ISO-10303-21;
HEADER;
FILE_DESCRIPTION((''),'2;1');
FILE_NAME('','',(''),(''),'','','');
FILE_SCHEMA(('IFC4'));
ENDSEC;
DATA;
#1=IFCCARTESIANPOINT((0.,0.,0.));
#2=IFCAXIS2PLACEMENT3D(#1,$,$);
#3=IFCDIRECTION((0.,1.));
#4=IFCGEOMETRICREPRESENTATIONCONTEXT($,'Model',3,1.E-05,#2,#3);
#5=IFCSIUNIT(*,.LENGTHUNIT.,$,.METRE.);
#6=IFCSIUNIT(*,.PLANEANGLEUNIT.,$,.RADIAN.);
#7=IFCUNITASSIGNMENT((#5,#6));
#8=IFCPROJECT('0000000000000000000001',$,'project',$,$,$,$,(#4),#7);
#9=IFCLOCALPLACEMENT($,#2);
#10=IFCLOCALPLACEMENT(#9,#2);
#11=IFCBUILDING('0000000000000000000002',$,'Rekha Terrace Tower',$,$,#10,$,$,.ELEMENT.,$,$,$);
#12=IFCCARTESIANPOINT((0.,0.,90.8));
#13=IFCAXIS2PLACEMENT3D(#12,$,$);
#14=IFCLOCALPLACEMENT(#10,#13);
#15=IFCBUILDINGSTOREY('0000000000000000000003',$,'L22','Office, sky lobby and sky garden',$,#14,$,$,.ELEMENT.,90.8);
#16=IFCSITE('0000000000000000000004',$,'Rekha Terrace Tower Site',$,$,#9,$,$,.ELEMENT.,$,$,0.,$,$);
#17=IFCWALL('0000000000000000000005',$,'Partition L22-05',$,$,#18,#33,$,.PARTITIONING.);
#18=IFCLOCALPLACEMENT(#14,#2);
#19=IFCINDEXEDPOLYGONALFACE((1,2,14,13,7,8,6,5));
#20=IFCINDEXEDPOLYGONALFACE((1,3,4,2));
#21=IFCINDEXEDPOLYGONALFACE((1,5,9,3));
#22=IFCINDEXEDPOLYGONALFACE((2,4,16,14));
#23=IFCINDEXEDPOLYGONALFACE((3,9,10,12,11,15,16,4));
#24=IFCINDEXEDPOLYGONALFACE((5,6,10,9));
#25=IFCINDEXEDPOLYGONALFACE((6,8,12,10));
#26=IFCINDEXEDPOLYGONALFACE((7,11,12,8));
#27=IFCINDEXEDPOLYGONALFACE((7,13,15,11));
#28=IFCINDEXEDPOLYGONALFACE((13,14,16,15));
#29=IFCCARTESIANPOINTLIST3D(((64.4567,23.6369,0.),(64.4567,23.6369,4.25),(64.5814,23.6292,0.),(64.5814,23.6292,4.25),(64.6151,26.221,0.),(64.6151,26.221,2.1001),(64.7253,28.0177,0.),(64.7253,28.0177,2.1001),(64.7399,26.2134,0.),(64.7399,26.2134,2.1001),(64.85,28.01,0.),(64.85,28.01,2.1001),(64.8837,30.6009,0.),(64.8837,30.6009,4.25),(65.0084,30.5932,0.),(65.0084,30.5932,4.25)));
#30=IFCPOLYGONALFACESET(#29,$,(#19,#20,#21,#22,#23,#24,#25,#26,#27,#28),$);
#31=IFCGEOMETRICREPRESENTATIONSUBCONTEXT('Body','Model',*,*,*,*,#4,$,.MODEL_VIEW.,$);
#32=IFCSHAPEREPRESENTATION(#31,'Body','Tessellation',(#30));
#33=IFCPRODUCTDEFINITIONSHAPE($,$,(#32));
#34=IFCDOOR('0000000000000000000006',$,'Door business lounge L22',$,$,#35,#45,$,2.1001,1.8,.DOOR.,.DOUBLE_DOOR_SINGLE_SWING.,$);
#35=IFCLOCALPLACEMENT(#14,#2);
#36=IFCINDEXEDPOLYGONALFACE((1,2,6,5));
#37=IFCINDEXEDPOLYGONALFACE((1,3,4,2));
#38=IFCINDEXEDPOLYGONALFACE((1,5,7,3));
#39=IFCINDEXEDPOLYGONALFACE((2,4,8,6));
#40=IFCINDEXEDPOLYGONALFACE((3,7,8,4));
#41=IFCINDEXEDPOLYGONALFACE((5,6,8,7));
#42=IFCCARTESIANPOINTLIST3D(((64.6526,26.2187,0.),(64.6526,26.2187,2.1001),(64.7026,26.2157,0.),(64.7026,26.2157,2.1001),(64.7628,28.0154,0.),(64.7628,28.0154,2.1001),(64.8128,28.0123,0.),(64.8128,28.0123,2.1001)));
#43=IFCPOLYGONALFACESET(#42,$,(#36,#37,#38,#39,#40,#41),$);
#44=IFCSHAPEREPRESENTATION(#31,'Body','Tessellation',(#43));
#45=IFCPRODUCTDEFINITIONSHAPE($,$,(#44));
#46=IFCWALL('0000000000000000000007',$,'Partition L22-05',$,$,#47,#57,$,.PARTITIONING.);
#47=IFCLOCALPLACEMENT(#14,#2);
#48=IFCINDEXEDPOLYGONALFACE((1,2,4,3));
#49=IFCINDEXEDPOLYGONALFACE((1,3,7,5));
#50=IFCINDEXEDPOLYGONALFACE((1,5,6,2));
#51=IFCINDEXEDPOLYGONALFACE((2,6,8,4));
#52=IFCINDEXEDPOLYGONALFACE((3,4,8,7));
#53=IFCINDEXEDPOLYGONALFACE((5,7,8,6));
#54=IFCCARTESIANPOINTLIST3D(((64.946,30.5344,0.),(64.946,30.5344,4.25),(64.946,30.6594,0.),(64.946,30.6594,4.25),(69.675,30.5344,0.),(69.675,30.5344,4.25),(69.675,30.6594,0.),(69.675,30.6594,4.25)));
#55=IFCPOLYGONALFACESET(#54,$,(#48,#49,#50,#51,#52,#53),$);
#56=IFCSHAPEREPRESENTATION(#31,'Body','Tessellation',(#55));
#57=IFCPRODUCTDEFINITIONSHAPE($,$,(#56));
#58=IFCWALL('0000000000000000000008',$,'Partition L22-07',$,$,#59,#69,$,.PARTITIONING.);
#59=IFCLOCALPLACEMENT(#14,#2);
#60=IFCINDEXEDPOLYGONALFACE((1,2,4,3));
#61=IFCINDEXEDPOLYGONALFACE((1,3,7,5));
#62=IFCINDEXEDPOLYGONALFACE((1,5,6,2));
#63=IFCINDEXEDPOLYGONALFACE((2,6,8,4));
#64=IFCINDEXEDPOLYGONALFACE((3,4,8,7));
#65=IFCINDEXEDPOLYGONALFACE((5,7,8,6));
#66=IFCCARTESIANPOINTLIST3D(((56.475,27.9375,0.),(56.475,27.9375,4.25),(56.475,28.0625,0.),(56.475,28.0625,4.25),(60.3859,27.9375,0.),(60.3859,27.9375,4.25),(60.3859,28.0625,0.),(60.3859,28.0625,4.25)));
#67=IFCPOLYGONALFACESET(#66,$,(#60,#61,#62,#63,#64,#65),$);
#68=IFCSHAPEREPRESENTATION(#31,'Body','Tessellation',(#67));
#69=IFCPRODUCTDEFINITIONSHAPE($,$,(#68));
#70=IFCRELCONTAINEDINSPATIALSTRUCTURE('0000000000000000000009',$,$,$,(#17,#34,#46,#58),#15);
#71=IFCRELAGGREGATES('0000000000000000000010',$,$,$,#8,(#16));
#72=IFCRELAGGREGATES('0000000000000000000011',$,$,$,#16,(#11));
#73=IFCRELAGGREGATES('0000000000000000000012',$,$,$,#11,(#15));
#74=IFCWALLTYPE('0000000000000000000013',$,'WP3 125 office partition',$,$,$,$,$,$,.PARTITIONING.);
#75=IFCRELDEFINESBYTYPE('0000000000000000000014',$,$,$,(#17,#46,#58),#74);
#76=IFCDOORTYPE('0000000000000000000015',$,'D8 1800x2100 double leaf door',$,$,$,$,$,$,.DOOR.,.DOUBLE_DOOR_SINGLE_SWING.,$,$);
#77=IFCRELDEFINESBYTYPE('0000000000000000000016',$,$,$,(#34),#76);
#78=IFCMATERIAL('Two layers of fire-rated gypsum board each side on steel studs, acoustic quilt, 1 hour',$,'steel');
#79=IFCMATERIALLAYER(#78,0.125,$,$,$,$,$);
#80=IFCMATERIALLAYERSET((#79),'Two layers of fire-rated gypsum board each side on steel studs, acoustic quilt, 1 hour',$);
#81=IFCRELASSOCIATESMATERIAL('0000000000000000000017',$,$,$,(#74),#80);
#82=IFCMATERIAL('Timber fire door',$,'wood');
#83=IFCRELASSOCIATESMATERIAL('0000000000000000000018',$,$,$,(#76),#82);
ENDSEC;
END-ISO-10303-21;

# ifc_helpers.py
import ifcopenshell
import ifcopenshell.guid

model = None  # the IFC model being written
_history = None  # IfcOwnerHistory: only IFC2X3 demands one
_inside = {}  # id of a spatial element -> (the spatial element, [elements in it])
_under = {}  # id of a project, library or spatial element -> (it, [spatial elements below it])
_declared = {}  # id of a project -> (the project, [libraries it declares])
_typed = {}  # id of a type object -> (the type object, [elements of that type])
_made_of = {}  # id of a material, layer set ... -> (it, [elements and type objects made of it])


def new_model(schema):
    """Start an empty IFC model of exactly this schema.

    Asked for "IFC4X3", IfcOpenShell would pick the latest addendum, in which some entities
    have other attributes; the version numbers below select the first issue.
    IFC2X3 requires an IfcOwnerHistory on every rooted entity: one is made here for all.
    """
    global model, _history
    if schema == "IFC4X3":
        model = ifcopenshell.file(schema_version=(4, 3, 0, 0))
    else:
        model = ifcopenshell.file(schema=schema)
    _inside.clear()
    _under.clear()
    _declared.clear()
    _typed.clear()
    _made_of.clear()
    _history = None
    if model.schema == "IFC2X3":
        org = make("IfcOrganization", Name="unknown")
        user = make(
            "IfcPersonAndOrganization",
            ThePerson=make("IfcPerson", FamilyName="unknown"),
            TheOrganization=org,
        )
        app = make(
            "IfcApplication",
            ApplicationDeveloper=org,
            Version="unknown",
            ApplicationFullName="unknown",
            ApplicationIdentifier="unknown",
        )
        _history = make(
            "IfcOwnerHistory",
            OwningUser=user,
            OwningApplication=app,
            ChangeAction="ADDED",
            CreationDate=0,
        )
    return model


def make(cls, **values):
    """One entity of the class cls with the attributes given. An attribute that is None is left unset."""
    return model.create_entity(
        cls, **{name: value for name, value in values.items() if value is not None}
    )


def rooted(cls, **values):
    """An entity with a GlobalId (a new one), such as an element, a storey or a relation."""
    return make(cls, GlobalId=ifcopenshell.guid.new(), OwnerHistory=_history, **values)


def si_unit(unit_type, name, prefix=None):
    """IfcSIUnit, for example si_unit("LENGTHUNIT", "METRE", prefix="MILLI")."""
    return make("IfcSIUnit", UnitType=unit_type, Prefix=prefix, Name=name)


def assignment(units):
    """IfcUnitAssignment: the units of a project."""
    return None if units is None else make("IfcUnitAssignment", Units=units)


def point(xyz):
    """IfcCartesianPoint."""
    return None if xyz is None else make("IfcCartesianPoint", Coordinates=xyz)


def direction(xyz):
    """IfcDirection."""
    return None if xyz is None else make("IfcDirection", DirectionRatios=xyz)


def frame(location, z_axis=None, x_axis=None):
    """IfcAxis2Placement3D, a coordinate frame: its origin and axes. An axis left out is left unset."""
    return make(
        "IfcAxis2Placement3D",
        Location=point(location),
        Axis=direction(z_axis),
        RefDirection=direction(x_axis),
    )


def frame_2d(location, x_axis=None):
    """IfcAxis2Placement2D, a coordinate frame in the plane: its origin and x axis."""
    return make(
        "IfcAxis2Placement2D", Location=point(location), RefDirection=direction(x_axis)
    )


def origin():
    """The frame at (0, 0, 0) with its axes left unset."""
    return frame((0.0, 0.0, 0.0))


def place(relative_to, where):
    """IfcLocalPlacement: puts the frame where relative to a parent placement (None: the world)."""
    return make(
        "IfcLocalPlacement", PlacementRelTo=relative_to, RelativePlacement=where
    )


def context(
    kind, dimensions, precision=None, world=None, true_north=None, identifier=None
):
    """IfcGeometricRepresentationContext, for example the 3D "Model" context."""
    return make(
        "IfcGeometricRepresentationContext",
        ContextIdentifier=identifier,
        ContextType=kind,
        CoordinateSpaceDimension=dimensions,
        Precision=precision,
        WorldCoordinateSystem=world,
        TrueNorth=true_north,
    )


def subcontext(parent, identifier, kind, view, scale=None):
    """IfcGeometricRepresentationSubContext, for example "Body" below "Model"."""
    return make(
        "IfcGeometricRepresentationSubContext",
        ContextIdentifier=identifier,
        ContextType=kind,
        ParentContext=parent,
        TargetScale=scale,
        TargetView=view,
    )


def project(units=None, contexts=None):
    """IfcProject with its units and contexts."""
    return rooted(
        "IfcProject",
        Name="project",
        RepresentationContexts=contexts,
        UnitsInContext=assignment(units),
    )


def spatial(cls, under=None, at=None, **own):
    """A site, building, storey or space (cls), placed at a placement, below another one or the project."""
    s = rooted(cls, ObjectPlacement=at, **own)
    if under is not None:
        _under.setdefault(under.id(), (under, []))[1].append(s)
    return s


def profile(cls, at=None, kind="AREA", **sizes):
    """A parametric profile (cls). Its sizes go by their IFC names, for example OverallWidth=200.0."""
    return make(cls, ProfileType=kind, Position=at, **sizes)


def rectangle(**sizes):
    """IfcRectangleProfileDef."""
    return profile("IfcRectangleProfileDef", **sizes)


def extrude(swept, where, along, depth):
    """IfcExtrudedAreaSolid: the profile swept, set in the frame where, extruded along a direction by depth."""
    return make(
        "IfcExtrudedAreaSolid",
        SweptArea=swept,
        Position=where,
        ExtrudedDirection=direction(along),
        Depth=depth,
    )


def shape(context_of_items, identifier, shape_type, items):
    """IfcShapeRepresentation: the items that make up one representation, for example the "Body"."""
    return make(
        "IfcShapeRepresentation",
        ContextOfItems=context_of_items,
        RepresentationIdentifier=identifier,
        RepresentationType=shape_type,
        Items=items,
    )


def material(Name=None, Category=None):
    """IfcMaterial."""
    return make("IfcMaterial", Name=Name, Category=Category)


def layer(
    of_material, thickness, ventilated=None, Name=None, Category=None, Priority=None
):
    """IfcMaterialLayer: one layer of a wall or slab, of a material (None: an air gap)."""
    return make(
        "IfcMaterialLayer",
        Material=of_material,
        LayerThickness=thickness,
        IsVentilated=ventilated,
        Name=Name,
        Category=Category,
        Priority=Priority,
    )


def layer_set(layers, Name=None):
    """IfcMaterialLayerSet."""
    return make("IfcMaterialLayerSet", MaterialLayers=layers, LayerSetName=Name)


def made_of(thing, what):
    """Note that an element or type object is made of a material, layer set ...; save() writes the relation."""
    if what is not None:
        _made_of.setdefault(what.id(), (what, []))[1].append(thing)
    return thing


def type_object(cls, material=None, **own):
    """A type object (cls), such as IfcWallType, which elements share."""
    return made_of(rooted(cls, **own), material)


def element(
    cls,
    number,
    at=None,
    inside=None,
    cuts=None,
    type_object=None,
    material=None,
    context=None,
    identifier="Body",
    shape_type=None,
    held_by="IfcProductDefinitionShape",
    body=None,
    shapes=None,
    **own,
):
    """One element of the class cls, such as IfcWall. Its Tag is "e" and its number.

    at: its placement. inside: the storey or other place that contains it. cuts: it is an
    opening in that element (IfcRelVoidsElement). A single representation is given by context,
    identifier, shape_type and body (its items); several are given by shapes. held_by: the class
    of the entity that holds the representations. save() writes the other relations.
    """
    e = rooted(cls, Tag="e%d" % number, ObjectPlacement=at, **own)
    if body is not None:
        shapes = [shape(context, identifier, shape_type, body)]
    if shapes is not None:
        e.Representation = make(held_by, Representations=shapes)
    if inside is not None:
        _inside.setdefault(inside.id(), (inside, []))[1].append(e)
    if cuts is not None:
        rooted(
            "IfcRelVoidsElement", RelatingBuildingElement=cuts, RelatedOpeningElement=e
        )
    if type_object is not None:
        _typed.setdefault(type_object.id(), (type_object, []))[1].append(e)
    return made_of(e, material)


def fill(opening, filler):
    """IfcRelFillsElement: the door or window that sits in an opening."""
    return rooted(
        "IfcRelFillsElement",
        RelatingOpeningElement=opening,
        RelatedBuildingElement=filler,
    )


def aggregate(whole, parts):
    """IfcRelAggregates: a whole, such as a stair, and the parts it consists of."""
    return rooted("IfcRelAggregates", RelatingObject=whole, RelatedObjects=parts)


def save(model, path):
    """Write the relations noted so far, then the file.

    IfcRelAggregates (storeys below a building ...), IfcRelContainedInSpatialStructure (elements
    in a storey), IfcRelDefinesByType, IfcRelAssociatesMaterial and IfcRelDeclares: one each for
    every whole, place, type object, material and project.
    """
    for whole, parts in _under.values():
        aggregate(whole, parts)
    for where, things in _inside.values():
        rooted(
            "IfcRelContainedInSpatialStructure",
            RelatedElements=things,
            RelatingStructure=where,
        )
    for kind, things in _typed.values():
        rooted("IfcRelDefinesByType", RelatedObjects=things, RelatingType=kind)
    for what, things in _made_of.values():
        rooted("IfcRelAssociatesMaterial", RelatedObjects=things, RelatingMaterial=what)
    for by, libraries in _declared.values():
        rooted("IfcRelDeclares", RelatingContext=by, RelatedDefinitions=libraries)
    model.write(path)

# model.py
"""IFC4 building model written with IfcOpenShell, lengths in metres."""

from ifc_helpers import new_model, si_unit, direction, frame, frame_2d, origin, place, context, subcontext, project, spatial, rectangle, extrude, material, layer, layer_set, type_object, element, fill, save


model = new_model("IFC4")

# Units and contexts
model_context = context("Model", 3, precision=1e-05, world=origin(), true_north=direction((0.0, 1.0)))
body_context = subcontext(model_context, "Body", "Model", "MODEL_VIEW")
ifc_project = project(units=[si_unit("LENGTHUNIT", "METRE"), si_unit("PLANEANGLEUNIT", "RADIAN")], contexts=[model_context])

# Site, building, storey
site_placement = place(None, origin())
site = spatial("IfcSite", under=ifc_project, at=site_placement, Name="Rekha Terrace Tower Site", CompositionType="ELEMENT", RefElevation=0.0)
building_placement = place(site_placement, origin())
building = spatial("IfcBuilding", under=site, at=building_placement, Name="Rekha Terrace Tower", CompositionType="ELEMENT")
storey_placement = place(building_placement, frame((0.0, 0.0, 90.8)))
storey = spatial("IfcBuildingStorey", under=building, at=storey_placement, Name="L22", Description="Office, sky lobby and sky garden", CompositionType="ELEMENT", Elevation=90.8)

# Wall, opening, door
ifc_material_1 = material(Name="Two layers of fire-rated gypsum board each side on steel studs, acoustic quilt, 1 hour", Category="steel")
ifc_layer_1 = layer(ifc_material_1, 0.125)
ifc_layer_set_1 = layer_set([ifc_layer_1], Name="Two layers of fire-rated gypsum board each side on steel studs, acoustic quilt, 1 hour")
wall_type_1 = type_object("IfcWallType", Name="WP3 125 office partition", PredefinedType="PARTITIONING", material=ifc_layer_set_1)
wall_1_placement = place(storey_placement, frame((64.519, 23.6331, 0.0), z_axis=(0.0, 0.0, 1.0), x_axis=(0.061202, 0.998125, 0.0)))
wall_1 = element("IfcWall", 1, at=wall_1_placement, inside=storey, type_object=wall_type_1, Name="Partition L22-05", PredefinedType="PARTITIONING", context=body_context, shape_type="SweptSolid", body=[
    extrude(rectangle(XDim=6.9771, YDim=0.125, at=frame_2d((3.4885, 0.0))), origin(), (0.0, 0.0, 1.0), 4.25),
])
opening_placement = place(wall_1_placement, frame((2.5891, 0.0, 0.0)))
opening = element("IfcOpeningElement", 2, at=opening_placement, cuts=wall_1, PredefinedType="OPENING", context=body_context, shape_type="SweptSolid", body=[
    extrude(rectangle(XDim=1.8, YDim=2.1001, at=frame_2d((0.8999, 1.05))), frame((0.0, 0.0725, 0.0), z_axis=(0.0, -1.0, 0.0), x_axis=(1.0, 0.0, 0.0)), (0.0, 0.0, 1.0), 0.145),
])
ifc_material_2 = material(Name="Timber fire door", Category="wood")
door_type = type_object("IfcDoorType", Name="D8 1800x2100 double leaf door", OperationType="DOUBLE_DOOR_SINGLE_SWING", PredefinedType="DOOR", material=ifc_material_2)
door_placement = place(opening_placement, origin())
door = element("IfcDoor", 3, at=door_placement, inside=storey, type_object=door_type, Name="Door business lounge L22", OperationType="DOUBLE_DOOR_SINGLE_SWING", OverallHeight=2.1001, OverallWidth=1.8, PredefinedType="DOOR", context=body_context, shape_type="SweptSolid", body=[
    extrude(rectangle(XDim=1.8, YDim=2.1001, at=frame_2d((0.8999, 1.05))), frame((0.0, 0.0249, 0.0), z_axis=(0.0, -1.0, 0.0), x_axis=(1.0, 0.0, 0.0)), (0.0, 0.0, 1.0), 0.05),
])
fill(opening, door)

# Walls
wall_2_placement = place(storey_placement, frame((64.946, 30.5969, 0.0), z_axis=(0.0, 0.0, 1.0), x_axis=(1.0, 0.0, 0.0)))
element("IfcWall", 4, at=wall_2_placement, inside=storey, type_object=wall_type_1, Name="Partition L22-05", PredefinedType="PARTITIONING", context=body_context, shape_type="SweptSolid", body=[
    extrude(rectangle(XDim=4.729, YDim=0.125, at=frame_2d((2.3645, 0.0))), origin(), (0.0, 0.0, 1.0), 4.25),
])
wall_3_placement = place(storey_placement, frame((60.386, 28.0, 0.0), z_axis=(0.0, 0.0, 1.0), x_axis=(-1.0, 0.0, 0.0)))
element("IfcWall", 5, at=wall_3_placement, inside=storey, type_object=wall_type_1, Name="Partition L22-07", PredefinedType="PARTITIONING", context=body_context, shape_type="SweptSolid", body=[
    extrude(rectangle(XDim=3.9109, YDim=0.125, at=frame_2d((1.9556, 0.0))), origin(), (0.0, 0.0, 1.0), 4.25),
])

save(model, "model.ifc")
